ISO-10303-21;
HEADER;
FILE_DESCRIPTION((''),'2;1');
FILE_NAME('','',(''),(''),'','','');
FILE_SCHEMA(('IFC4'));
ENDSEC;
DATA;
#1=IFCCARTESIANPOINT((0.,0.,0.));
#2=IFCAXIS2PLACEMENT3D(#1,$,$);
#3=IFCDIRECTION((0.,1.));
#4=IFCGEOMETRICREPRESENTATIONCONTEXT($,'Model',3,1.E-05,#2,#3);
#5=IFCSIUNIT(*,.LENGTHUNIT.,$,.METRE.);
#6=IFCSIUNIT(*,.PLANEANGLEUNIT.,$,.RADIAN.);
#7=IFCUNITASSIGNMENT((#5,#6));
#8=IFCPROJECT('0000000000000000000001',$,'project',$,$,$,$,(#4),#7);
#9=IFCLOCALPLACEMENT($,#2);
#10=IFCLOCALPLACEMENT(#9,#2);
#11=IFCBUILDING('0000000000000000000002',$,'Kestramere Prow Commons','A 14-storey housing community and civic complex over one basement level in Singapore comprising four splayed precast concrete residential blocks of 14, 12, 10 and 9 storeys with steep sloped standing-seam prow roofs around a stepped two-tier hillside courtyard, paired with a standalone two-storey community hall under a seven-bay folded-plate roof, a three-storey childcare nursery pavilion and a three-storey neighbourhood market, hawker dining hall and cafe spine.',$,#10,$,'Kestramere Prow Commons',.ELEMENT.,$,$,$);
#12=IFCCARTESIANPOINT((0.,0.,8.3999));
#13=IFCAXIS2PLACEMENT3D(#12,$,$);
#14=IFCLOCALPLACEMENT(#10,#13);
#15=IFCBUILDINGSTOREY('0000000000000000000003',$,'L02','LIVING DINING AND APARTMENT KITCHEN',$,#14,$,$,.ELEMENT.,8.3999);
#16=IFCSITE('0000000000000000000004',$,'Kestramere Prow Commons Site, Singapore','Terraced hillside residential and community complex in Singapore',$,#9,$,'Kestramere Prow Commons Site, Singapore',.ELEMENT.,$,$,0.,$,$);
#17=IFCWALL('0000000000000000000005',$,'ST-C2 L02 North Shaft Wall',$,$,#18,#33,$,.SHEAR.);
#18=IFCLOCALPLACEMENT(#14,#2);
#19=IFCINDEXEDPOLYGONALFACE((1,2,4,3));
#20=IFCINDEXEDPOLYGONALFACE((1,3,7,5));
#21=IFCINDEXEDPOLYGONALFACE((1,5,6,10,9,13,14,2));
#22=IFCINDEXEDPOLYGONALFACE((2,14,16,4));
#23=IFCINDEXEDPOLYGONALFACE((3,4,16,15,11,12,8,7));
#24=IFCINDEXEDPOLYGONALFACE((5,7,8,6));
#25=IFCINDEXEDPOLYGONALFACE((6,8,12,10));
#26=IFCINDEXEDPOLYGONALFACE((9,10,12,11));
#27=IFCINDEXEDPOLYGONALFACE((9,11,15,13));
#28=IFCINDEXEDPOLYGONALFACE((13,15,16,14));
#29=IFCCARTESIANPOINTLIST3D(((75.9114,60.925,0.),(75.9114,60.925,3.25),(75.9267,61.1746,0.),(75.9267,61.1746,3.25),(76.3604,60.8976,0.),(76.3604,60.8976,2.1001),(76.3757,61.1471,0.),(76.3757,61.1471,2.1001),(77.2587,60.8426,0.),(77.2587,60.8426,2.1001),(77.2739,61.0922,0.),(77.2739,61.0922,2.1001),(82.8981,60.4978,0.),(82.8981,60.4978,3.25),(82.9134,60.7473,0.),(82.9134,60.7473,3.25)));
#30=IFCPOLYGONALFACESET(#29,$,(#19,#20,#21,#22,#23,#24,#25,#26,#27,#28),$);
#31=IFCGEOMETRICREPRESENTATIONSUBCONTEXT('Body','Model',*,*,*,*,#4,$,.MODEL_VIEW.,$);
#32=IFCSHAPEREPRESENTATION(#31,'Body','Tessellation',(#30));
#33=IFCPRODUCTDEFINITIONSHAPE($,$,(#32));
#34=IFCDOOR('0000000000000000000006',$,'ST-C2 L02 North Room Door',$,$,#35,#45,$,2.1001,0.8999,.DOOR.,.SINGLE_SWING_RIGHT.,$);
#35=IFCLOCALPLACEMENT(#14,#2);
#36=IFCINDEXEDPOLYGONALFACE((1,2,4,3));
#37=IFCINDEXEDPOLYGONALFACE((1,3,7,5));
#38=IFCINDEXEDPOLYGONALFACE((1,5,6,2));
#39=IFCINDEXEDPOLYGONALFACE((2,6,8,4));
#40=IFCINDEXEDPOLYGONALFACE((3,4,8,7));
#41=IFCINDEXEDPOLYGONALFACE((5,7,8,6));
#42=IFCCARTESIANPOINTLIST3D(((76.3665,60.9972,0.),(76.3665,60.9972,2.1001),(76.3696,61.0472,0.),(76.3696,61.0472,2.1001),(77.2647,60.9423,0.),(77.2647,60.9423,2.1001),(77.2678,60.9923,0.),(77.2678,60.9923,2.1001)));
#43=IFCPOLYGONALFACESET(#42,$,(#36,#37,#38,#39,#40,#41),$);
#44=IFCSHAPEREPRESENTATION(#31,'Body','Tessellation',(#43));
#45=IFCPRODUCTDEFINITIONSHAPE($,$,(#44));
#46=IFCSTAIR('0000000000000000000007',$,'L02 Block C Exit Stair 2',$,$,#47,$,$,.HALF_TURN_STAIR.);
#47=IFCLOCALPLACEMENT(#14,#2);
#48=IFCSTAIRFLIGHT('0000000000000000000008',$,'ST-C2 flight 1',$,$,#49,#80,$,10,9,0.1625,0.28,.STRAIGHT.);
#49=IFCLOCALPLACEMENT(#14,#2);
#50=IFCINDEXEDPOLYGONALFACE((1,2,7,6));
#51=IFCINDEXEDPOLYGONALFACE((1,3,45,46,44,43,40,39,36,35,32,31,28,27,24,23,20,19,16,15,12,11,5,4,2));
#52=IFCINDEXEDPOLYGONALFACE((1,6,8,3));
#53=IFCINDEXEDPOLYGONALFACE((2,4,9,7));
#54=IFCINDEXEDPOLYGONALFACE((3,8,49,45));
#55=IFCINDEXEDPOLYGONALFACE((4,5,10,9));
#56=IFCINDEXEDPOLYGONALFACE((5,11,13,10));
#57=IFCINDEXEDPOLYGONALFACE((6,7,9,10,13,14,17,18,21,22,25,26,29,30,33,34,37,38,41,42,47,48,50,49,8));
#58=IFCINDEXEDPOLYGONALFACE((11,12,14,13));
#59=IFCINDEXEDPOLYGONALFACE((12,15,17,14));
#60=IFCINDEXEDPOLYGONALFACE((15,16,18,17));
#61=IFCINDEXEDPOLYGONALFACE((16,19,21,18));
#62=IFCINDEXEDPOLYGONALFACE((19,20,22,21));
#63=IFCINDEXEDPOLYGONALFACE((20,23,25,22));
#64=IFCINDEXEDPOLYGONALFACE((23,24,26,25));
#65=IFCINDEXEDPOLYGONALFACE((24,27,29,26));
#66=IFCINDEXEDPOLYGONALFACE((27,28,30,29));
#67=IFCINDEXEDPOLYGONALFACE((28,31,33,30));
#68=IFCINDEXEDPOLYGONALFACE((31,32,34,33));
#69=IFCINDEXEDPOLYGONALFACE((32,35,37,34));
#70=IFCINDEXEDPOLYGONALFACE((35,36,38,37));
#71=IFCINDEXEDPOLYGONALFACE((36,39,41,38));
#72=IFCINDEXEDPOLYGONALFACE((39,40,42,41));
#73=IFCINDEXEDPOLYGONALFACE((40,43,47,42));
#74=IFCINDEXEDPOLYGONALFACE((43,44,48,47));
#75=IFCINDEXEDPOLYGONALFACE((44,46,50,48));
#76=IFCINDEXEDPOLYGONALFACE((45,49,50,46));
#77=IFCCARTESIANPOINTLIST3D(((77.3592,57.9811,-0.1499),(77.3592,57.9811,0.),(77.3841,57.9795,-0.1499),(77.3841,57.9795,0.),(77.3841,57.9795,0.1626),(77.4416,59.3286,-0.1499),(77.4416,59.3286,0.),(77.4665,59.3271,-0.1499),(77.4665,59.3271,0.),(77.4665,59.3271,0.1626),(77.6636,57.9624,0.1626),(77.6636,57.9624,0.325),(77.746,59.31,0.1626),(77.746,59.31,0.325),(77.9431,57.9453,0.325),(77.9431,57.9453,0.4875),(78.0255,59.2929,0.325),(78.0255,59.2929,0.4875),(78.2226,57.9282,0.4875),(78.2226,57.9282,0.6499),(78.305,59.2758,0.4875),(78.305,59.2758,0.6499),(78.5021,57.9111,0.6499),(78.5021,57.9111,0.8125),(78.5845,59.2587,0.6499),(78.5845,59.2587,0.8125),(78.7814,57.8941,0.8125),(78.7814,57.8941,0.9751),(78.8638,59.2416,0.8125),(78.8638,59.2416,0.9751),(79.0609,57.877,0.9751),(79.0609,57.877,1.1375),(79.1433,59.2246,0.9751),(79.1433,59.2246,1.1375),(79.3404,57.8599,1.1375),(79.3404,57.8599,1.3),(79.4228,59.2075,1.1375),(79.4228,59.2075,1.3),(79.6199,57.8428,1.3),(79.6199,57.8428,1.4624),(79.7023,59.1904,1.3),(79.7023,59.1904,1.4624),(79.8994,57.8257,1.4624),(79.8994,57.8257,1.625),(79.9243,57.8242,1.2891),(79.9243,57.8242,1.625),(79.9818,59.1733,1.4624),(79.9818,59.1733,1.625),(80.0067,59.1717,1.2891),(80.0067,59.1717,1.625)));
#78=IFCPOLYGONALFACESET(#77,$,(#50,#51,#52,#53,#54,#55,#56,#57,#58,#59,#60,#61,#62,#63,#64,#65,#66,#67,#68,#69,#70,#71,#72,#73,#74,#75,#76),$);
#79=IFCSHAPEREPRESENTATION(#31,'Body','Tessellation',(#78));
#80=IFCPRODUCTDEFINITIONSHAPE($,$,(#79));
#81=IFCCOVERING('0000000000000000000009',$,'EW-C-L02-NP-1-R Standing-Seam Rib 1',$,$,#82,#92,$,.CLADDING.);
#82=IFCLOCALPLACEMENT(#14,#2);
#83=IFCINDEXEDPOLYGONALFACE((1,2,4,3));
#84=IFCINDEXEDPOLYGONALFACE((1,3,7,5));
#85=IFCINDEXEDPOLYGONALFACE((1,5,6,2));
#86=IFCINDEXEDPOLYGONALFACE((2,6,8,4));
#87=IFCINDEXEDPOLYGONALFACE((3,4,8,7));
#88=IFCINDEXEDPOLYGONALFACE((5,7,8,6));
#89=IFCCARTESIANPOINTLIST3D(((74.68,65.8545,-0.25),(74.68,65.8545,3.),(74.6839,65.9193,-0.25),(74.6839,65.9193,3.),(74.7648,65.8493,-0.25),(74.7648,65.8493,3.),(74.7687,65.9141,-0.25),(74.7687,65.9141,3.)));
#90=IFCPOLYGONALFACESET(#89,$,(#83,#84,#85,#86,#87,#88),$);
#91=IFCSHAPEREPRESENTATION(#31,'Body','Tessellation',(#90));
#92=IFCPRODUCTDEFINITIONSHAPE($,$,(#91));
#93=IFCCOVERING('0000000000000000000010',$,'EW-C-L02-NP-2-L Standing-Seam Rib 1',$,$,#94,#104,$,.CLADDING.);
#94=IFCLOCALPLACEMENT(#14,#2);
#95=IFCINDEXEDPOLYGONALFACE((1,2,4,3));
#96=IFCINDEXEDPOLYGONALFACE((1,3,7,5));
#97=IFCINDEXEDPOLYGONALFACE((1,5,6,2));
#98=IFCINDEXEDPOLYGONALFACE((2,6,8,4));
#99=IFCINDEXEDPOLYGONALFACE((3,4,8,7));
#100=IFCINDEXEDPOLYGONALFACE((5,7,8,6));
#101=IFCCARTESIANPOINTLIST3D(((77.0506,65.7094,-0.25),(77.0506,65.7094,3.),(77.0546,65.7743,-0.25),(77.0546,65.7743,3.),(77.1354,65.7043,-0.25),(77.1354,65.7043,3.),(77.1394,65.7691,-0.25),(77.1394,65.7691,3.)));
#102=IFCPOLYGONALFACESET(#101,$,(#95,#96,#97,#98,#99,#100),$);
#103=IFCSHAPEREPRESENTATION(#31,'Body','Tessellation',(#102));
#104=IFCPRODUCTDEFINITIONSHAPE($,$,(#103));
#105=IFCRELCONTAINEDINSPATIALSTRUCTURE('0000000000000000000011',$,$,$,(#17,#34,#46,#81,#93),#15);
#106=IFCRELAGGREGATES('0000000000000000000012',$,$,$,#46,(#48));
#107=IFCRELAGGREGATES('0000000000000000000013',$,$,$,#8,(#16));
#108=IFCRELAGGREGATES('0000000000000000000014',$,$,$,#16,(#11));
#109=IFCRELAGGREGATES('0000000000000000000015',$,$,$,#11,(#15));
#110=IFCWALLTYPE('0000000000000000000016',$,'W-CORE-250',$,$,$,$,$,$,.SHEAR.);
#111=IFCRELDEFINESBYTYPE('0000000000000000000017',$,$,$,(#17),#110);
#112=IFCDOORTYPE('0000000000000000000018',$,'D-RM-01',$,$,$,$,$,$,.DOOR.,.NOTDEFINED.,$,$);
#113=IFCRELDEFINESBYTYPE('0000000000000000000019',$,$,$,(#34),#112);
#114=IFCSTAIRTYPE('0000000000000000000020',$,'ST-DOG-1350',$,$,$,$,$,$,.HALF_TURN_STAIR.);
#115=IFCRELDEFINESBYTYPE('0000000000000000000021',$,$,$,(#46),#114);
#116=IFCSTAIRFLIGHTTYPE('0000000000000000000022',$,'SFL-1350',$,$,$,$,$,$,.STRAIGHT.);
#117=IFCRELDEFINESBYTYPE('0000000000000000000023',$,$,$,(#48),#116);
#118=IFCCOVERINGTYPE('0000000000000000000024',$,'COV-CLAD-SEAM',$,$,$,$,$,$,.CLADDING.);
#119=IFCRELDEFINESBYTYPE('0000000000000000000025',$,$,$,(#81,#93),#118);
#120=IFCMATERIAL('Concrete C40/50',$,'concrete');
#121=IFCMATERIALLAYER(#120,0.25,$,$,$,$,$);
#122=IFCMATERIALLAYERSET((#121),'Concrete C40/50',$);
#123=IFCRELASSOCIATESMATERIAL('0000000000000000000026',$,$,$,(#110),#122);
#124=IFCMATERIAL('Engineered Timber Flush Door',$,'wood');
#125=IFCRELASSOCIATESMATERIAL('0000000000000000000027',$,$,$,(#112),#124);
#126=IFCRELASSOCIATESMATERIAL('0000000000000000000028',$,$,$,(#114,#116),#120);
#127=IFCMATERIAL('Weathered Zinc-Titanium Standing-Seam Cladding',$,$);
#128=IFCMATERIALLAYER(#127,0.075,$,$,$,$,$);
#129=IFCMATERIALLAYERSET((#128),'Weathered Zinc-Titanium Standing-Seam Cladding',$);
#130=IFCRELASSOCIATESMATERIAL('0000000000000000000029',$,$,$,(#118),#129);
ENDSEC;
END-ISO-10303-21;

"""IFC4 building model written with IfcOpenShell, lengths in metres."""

from ifc_helpers import new_model, si_unit, direction, frame, frame_2d, origin, origin_2d, place, context, subcontext, project, spatial, polyline, rectangle, outline, extrude, material, layer, layer_set, type_object, element, fill, aggregate, save


model = new_model("IFC4")

# Units and contexts
model_context = context("Model", 3, precision=1e-05, world=origin(), true_north=direction((0.0, 1.0)))
body_context = subcontext(model_context, "Body", "Model", "MODEL_VIEW")
ifc_project = project(units=[si_unit("LENGTHUNIT", "METRE"), si_unit("PLANEANGLEUNIT", "RADIAN")], contexts=[model_context])

# Site, building, storey
site_placement = place(None, origin())
site = spatial("IfcSite", under=ifc_project, at=site_placement, Name="Kestramere Prow Commons Site, Singapore", Description="Terraced hillside residential and community complex in Singapore", LongName="Kestramere Prow Commons Site, Singapore", CompositionType="ELEMENT", RefElevation=0.0)
building_placement = place(site_placement, origin())
building = spatial("IfcBuilding", under=site, at=building_placement, Name="Kestramere Prow Commons", Description="A 14-storey housing community and civic complex over one basement level in Singapore comprising four splayed precast concrete residential blocks of 14, 12, 10 and 9 storeys with steep sloped standing-seam prow roofs around a stepped two-tier hillside courtyard, paired with a standalone two-storey community hall under a seven-bay folded-plate roof, a three-storey childcare nursery pavilion and a three-storey neighbourhood market, hawker dining hall and cafe spine.", LongName="Kestramere Prow Commons", CompositionType="ELEMENT")
storey_placement = place(building_placement, frame((0.0, 0.0, 8.3999)))
storey = spatial("IfcBuildingStorey", under=building, at=storey_placement, Name="L02", Description="LIVING DINING AND APARTMENT KITCHEN", CompositionType="ELEMENT", Elevation=8.3999)

# Wall, opening, door
ifc_material_1 = material(Name="Concrete C40/50", Category="concrete")
ifc_layer_1 = layer(ifc_material_1, 0.25)
ifc_layer_set_1 = layer_set([ifc_layer_1], Name="Concrete C40/50")
wall_type_1 = type_object("IfcWallType", Name="W-CORE-250", PredefinedType="SHEAR", material=ifc_layer_set_1)
wall_1_placement = place(storey_placement, frame((75.9189, 61.0498, 0.0), z_axis=(0.0, 0.0, 1.0), x_axis=(0.998136, -0.061036, 0.0)))
wall_1 = element("IfcWall", 1, at=wall_1_placement, inside=storey, type_object=wall_type_1, Name="ST-C2 L02 North Shaft Wall", PredefinedType="SHEAR", context=body_context, shape_type="SweptSolid", body=[
    extrude(rectangle(XDim=6.9998, YDim=0.25, at=frame_2d((3.5, 0.0))), origin(), (0.0, 0.0, 1.0), 3.25),
])
opening_placement = place(wall_1_placement, frame((0.45, 0.0, 0.0)))
opening = element("IfcOpeningElement", 2, at=opening_placement, cuts=wall_1, PredefinedType="OPENING", context=body_context, shape_type="SweptSolid", body=[
    extrude(rectangle(XDim=0.8999, YDim=2.1001, at=frame_2d((0.45, 1.05))), frame((0.0, 0.1399, 0.0), z_axis=(0.0, -1.0, 0.0), x_axis=(1.0, 0.0, 0.0)), (0.0, 0.0, 1.0), 0.28),
])
ifc_material_2 = material(Name="Engineered Timber Flush Door", Category="wood")
door_type = type_object("IfcDoorType", Name="D-RM-01", OperationType="NOTDEFINED", PredefinedType="DOOR", material=ifc_material_2)
door_placement = place(opening_placement, origin())
door = element("IfcDoor", 3, at=door_placement, inside=storey, type_object=door_type, Name="ST-C2 L02 North Room Door", OperationType="SINGLE_SWING_RIGHT", OverallHeight=2.1001, OverallWidth=0.8999, PredefinedType="DOOR", context=body_context, shape_type="SweptSolid", body=[
    extrude(rectangle(XDim=0.8999, YDim=2.1001, at=frame_2d((0.45, 1.05))), frame((0.0, 0.0249, 0.0), z_axis=(0.0, -1.0, 0.0), x_axis=(1.0, 0.0, 0.0)), (0.0, 0.0, 1.0), 0.05),
])
fill(opening, door)

# Stair, stair flight
stair_type = type_object("IfcStairType", Name="ST-DOG-1350", PredefinedType="HALF_TURN_STAIR", material=ifc_material_1)
stair_placement = place(storey_placement, origin())
stair = element("IfcStair", 4, at=stair_placement, inside=storey, type_object=stair_type, Name="L02 Block C Exit Stair 2", PredefinedType="HALF_TURN_STAIR")
stair_flight_type = type_object("IfcStairFlightType", Name="SFL-1350", PredefinedType="STRAIGHT", material=ifc_material_1)
stair_flight_placement = place(storey_placement, frame((77.4253, 58.6533, 0.0), z_axis=(0.0, 0.0, 1.0), x_axis=(0.998135, -0.061049, 0.0)))
stair_flight = element("IfcStairFlight", 5, at=stair_flight_placement, type_object=stair_flight_type, Name="ST-C2 flight 1", NumberOfRisers=10, NumberOfTreads=9, PredefinedType="STRAIGHT", RiserHeight=0.1625, TreadLength=0.28, context=body_context, shape_type="SweptSolid", body=[
    extrude(outline(polyline([(-0.0249, 0.0), (0.0, 0.0), (0.0, 0.1626), (0.28, 0.1626), (0.28, 0.325), (0.5601, 0.325), (0.5601, 0.4875), (0.8401, 0.4875), (0.8401, 0.6499), (1.1201, 0.6499), (1.1201, 0.8125), (1.3999, 0.8125), (1.3999, 0.9751), (1.6799, 0.9751), (1.6799, 1.1375), (1.96, 1.1375), (1.96, 1.3), (2.24, 1.3), (2.24, 1.4624), (2.52, 1.4624), (2.52, 1.625), (2.5449, 1.625), (2.5449, 1.2891), (0.0, -0.1499), (-0.0249, -0.1499), (-0.0249, 0.0)])), frame((0.0, 0.675, 0.0), z_axis=(0.0, -1.0, 0.0), x_axis=(1.0, 0.0, 0.0)), (0.0, 0.0, 1.0), 1.3501),
])
aggregate(stair, [stair_flight])

# Coverings
ifc_material_3 = material(Name="Weathered Zinc-Titanium Standing-Seam Cladding")
ifc_layer_2 = layer(ifc_material_3, 0.075)
ifc_layer_set_2 = layer_set([ifc_layer_2], Name="Weathered Zinc-Titanium Standing-Seam Cladding")
covering_type = type_object("IfcCoveringType", Name="COV-CLAD-SEAM", PredefinedType="CLADDING", material=ifc_layer_set_2)
for number, where, z_axis, x_axis, name in (
    (6, (74.7244, 65.8843, -0.25), (0.0, 0.0, 1.0), (0.998135, -0.061049, 0.0), "EW-C-L02-NP-1-R Standing-Seam Rib 1"),
    (7, (77.095, 65.7393, -0.25), (0.0, 0.0, 1.0), (0.998135, -0.061049, 0.0), "EW-C-L02-NP-2-L Standing-Seam Rib 1"),
):
    element("IfcCovering", number, at=place(storey_placement, frame(where, z_axis=z_axis, x_axis=x_axis)), inside=storey, type_object=covering_type, Name=name, PredefinedType="CLADDING", context=body_context, shape_type="SweptSolid", body=[
        extrude(rectangle(XDim=0.085, YDim=0.0649, at=origin_2d()), origin(), (0.0, 0.0, 1.0), 3.25),
    ])

save(model, "model.ifc")
